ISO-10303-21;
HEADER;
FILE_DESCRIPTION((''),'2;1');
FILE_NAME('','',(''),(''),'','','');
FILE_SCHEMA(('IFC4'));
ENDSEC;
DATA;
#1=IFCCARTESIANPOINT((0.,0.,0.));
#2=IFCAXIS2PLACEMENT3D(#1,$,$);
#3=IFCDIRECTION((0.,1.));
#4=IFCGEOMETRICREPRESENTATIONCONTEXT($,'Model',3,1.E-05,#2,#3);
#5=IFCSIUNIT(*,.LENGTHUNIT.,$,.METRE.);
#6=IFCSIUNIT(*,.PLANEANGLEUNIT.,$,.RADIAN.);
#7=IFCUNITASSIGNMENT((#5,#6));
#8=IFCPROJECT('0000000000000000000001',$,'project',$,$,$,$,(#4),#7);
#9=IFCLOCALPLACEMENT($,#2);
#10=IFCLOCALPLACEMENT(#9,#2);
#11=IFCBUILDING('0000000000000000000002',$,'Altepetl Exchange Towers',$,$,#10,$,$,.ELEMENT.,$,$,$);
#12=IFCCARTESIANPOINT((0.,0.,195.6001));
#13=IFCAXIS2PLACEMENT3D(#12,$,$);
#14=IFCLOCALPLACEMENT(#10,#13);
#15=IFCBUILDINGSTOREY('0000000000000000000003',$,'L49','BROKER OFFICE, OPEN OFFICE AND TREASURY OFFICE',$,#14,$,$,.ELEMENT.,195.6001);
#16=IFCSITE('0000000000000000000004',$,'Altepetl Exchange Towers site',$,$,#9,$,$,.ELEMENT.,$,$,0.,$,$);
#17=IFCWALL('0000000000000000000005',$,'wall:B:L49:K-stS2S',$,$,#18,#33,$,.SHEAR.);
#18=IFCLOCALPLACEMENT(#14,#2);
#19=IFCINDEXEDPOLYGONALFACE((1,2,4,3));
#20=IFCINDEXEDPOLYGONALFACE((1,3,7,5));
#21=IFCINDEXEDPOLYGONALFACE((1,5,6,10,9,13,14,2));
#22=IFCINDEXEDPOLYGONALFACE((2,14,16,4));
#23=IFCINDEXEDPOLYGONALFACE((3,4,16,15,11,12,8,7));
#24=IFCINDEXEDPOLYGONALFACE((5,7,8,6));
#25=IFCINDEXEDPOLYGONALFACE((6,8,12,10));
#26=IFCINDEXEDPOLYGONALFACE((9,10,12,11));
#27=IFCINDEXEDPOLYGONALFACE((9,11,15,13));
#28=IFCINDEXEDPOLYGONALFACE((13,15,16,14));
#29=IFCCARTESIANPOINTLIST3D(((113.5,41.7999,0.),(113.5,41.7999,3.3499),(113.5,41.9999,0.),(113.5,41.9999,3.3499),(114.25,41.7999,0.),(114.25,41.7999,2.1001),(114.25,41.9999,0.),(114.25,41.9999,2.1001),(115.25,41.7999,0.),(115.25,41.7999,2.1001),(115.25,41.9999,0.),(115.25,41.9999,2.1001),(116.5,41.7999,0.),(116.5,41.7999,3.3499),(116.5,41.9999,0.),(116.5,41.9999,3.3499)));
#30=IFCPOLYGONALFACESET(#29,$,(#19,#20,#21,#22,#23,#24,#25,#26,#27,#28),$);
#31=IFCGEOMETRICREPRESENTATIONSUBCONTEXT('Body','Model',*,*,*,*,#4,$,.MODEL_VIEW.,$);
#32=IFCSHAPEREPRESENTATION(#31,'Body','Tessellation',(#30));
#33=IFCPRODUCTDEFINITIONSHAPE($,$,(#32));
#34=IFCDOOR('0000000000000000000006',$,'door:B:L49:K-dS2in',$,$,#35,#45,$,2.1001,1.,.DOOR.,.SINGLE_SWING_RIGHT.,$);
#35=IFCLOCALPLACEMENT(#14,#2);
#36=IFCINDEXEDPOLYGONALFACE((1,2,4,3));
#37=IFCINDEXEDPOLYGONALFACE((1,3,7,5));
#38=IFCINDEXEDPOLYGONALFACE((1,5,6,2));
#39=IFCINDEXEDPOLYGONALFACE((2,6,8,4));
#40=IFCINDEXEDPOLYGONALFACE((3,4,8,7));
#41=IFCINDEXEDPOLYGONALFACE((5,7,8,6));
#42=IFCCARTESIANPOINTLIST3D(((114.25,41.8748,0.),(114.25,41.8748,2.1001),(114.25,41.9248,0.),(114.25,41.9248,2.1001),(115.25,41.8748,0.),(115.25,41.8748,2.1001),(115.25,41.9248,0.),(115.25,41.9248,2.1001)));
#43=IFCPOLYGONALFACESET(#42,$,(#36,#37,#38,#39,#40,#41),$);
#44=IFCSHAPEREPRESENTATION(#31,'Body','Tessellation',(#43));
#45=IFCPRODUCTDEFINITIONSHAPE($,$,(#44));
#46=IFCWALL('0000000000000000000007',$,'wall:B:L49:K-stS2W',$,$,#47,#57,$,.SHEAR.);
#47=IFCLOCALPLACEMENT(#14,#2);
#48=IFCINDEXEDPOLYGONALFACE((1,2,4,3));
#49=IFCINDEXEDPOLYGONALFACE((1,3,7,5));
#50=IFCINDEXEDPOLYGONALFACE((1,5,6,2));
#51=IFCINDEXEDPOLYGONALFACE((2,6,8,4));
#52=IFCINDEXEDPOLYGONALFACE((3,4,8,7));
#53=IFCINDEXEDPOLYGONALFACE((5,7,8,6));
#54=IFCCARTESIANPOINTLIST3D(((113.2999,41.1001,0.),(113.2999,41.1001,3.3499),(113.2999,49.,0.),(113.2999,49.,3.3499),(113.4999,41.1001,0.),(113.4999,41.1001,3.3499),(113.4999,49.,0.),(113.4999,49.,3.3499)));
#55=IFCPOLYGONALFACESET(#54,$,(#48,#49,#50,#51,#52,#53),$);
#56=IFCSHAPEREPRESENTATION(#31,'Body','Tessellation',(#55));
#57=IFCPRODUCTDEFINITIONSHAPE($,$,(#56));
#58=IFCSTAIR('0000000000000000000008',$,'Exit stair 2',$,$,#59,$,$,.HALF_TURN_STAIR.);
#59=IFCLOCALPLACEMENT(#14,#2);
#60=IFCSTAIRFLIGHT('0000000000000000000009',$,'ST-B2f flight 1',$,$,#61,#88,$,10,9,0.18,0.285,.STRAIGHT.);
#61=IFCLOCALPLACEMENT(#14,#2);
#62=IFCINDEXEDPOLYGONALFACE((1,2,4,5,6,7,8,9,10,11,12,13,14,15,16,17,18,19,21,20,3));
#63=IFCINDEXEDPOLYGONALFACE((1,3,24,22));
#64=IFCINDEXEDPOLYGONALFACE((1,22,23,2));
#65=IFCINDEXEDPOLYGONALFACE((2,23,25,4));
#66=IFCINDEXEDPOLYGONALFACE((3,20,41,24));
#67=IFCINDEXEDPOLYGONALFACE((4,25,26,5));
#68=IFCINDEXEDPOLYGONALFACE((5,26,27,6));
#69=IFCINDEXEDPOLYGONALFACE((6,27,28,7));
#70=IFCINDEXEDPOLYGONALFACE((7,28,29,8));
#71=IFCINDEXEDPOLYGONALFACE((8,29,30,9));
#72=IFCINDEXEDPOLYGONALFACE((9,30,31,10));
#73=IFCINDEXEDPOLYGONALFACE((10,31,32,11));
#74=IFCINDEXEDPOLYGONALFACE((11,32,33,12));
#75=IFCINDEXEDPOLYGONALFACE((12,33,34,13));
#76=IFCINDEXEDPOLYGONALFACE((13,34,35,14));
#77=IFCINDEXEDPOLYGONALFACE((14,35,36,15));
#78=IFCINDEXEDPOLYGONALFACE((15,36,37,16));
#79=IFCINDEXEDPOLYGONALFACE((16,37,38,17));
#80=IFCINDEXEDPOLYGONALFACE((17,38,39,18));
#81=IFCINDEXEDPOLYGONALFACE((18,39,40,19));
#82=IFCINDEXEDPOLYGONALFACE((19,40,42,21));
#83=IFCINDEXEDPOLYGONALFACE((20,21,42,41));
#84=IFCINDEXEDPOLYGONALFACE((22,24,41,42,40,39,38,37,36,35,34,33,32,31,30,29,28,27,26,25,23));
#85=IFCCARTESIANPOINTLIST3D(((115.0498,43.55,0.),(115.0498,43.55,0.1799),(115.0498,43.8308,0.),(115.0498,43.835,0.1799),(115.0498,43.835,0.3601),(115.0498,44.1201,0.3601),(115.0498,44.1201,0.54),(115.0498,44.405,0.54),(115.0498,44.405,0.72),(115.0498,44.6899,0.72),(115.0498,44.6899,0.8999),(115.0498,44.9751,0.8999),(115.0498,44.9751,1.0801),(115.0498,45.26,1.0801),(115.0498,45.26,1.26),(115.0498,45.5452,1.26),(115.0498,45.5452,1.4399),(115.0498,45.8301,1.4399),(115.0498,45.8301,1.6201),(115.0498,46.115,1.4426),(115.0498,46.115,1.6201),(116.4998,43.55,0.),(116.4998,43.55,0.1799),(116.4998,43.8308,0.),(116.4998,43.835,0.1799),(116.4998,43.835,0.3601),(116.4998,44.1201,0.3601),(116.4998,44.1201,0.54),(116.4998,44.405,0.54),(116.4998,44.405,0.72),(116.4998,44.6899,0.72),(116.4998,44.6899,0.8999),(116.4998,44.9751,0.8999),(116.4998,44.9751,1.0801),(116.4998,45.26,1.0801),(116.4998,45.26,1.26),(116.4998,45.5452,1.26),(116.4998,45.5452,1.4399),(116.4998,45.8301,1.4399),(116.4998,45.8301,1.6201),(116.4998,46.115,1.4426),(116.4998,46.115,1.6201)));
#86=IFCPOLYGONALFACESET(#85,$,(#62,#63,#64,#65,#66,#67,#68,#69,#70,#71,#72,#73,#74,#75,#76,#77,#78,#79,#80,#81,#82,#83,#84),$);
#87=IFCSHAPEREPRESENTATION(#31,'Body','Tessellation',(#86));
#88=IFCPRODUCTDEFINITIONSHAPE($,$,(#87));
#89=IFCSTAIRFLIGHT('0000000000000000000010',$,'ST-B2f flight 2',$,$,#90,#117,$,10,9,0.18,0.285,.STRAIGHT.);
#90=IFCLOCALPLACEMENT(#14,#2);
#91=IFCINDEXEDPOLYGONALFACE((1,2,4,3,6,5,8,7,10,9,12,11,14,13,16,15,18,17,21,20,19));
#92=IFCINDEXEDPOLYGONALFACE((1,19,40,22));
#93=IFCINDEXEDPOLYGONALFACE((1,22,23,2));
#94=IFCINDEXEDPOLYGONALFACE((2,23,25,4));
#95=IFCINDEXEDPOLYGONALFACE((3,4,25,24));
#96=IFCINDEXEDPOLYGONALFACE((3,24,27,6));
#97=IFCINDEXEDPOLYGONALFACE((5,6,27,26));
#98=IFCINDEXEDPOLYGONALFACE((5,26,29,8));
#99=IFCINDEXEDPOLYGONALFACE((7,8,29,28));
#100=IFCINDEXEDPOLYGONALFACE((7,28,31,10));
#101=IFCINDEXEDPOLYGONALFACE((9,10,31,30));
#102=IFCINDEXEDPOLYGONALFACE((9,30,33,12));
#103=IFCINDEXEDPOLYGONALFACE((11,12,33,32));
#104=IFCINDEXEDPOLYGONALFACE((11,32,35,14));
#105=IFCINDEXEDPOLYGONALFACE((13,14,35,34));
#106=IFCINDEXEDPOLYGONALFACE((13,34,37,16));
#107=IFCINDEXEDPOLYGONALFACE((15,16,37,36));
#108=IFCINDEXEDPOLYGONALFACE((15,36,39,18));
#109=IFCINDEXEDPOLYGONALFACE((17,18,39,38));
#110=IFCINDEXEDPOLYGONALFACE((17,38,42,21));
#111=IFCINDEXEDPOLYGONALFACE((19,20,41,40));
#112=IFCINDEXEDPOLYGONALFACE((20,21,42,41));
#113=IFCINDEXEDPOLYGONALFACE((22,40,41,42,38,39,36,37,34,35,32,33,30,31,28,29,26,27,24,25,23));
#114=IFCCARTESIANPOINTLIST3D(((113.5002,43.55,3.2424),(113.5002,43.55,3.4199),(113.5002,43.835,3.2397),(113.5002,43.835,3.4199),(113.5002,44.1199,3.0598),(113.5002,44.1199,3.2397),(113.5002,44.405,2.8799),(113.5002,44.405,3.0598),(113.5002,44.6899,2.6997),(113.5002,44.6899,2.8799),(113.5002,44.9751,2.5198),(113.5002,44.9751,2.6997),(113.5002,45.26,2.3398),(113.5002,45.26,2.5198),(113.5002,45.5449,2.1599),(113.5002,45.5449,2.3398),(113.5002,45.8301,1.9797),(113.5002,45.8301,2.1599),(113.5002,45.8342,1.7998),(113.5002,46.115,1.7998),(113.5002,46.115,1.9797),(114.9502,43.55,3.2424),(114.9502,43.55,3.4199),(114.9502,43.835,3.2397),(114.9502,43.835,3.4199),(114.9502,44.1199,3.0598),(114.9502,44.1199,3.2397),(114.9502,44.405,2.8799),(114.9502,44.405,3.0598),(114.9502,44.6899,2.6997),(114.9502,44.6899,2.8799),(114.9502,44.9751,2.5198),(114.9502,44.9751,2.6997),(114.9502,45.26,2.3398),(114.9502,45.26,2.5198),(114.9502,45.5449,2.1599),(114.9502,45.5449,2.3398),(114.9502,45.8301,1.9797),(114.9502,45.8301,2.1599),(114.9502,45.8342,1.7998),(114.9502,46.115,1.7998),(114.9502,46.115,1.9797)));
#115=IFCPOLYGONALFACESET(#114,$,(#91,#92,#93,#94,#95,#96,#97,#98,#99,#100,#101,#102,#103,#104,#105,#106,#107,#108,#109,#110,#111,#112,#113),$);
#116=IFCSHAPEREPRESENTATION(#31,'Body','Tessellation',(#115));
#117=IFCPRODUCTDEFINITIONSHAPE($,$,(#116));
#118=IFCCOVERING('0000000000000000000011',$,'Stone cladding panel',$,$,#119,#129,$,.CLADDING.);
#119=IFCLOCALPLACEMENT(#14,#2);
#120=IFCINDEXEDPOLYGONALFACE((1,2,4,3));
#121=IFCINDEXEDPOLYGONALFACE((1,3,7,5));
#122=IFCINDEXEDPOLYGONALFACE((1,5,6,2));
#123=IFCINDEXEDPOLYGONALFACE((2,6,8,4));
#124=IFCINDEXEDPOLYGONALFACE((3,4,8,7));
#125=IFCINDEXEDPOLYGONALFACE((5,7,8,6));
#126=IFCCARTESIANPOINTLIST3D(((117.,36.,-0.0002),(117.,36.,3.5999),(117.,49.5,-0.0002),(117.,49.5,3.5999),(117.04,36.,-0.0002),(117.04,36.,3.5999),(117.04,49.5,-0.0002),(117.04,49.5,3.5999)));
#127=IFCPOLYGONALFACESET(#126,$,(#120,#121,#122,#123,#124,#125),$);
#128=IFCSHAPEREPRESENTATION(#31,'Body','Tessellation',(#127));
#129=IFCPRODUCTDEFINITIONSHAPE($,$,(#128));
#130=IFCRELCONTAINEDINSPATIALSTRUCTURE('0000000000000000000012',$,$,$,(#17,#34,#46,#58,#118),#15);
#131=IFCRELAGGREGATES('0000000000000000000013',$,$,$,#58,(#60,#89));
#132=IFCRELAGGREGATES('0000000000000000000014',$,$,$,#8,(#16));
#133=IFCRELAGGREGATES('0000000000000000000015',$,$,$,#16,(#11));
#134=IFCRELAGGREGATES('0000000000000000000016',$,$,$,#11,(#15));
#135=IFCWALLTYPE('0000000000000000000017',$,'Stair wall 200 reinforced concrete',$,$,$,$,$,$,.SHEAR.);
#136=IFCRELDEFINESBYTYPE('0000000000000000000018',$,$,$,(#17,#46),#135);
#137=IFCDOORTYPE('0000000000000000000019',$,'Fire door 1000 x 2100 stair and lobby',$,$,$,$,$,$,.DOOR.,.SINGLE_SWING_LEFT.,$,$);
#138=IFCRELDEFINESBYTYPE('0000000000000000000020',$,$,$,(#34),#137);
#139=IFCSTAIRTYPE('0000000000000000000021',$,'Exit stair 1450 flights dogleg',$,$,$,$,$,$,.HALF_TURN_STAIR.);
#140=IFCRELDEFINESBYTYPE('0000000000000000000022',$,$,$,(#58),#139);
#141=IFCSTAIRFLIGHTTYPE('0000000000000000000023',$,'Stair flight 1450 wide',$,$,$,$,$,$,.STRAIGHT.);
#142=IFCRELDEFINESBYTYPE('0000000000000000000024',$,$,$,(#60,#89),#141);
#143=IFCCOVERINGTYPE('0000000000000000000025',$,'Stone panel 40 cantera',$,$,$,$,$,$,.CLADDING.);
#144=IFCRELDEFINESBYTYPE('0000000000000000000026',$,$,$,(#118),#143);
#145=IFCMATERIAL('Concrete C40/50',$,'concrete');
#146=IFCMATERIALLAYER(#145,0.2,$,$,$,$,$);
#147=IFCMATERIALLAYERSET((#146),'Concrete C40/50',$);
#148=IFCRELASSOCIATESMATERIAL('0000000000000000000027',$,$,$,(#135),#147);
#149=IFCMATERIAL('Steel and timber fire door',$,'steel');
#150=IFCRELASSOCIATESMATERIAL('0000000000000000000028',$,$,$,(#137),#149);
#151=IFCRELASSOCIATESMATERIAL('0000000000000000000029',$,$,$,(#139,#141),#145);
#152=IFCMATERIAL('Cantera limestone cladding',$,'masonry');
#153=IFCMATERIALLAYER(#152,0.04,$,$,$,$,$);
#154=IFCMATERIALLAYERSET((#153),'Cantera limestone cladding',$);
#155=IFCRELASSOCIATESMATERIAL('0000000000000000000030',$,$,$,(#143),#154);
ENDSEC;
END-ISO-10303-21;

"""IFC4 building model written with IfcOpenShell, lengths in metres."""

from ifc_helpers import new_model, si_unit, direction, frame, frame_2d, origin, origin_2d, place, context, subcontext, project, spatial, polyline, rectangle, outline, extrude, material, layer, layer_set, type_object, element, fill, aggregate, save


model = new_model("IFC4")

# Units and contexts
model_context = context("Model", 3, precision=1e-05, world=origin(), true_north=direction((0.0, 1.0)))
body_context = subcontext(model_context, "Body", "Model", "MODEL_VIEW")
ifc_project = project(units=[si_unit("LENGTHUNIT", "METRE"), si_unit("PLANEANGLEUNIT", "RADIAN")], contexts=[model_context])

# Site, building, storey
site_placement = place(None, origin())
site = spatial("IfcSite", under=ifc_project, at=site_placement, Name="Altepetl Exchange Towers site", CompositionType="ELEMENT", RefElevation=0.0)
building_placement = place(site_placement, origin())
building = spatial("IfcBuilding", under=site, at=building_placement, Name="Altepetl Exchange Towers", CompositionType="ELEMENT")
storey_placement = place(building_placement, frame((0.0, 0.0, 195.6001)))
storey = spatial("IfcBuildingStorey", under=building, at=storey_placement, Name="L49", Description="BROKER OFFICE, OPEN OFFICE AND TREASURY OFFICE", CompositionType="ELEMENT", Elevation=195.6001)

# Shared definitions
ifc_material_1 = material(Name="Steel and timber fire door", Category="steel")

# Shared definitions
ifc_material_2 = material(Name="Concrete C40/50", Category="concrete")

# Wall, opening, door
ifc_layer_1 = layer(ifc_material_2, 0.2)
ifc_layer_set_1 = layer_set([ifc_layer_1], Name="Concrete C40/50")
wall_type_1 = type_object("IfcWallType", Name="Stair wall 200 reinforced concrete", PredefinedType="SHEAR", material=ifc_layer_set_1)
wall_1_placement = place(storey_placement, frame((113.5, 41.8999, 0.0)))
wall_1 = element("IfcWall", 1, at=wall_1_placement, inside=storey, type_object=wall_type_1, Name="wall:B:L49:K-stS2S", PredefinedType="SHEAR", context=body_context, shape_type="SweptSolid", body=[
    extrude(rectangle(XDim=3.0, YDim=0.2, at=frame_2d((1.5, 0.0))), origin(), (0.0, 0.0, 1.0), 3.3499),
])
opening_1_placement = place(wall_1_placement, frame((0.75, 0.0, 0.0)))
opening_1 = element("IfcOpeningElement", 2, at=opening_1_placement, cuts=wall_1, PredefinedType="OPENING", context=body_context, shape_type="SweptSolid", body=[
    extrude(rectangle(XDim=1.0, YDim=2.1001, at=frame_2d((0.5, 1.05))), frame((0.0, 0.1099, 0.0), z_axis=(0.0, -1.0, 0.0), x_axis=(1.0, 0.0, 0.0)), (0.0, 0.0, 1.0), 0.22),
])
door_type_1 = type_object("IfcDoorType", Name="Fire door 1000 x 2100 stair and lobby", OperationType="SINGLE_SWING_LEFT", PredefinedType="DOOR", material=ifc_material_1)
door_1_placement = place(opening_1_placement, origin())
door_1 = element("IfcDoor", 3, at=door_1_placement, inside=storey, type_object=door_type_1, Name="door:B:L49:K-dS2in", OperationType="SINGLE_SWING_RIGHT", OverallHeight=2.1001, OverallWidth=1.0, PredefinedType="DOOR", context=body_context, shape_type="SweptSolid", body=[
    extrude(rectangle(XDim=1.0, YDim=2.1001, at=frame_2d((0.5, 1.05))), frame((0.0, 0.0249, 0.0), z_axis=(0.0, -1.0, 0.0), x_axis=(1.0, 0.0, 0.0)), (0.0, 0.0, 1.0), 0.05),
])
fill(opening_1, door_1)

# Wall
wall_2_placement = place(storey_placement, frame((113.3999, 41.1001, 0.0), z_axis=(0.0, 0.0, 1.0), x_axis=(0.0, 1.0, 0.0)))
element("IfcWall", 4, at=wall_2_placement, inside=storey, type_object=wall_type_1, Name="wall:B:L49:K-stS2W", PredefinedType="SHEAR", context=body_context, shape_type="SweptSolid", body=[
    extrude(rectangle(XDim=7.8999, YDim=0.2, at=frame_2d((3.95, 0.0))), origin(), (0.0, 0.0, 1.0), 3.3499),
])

# Stair, stair flights
stair_type = type_object("IfcStairType", Name="Exit stair 1450 flights dogleg", PredefinedType="HALF_TURN_STAIR", material=ifc_material_2)
stair_placement = place(storey_placement, origin())
stair = element("IfcStair", 5, at=stair_placement, inside=storey, type_object=stair_type, Name="Exit stair 2", PredefinedType="HALF_TURN_STAIR")
stair_flight_type = type_object("IfcStairFlightType", Name="Stair flight 1450 wide", PredefinedType="STRAIGHT", material=ifc_material_2)
stair_flight_1_placement = place(storey_placement, frame((115.7749, 43.55, 0.0), z_axis=(0.0, 0.0, 1.0), x_axis=(0.0, 1.0, 0.0)))
stair_flight_1 = element("IfcStairFlight", 6, at=stair_flight_1_placement, type_object=stair_flight_type, Name="ST-B2f flight 1", NumberOfRisers=10, NumberOfTreads=9, PredefinedType="STRAIGHT", RiserHeight=0.18, TreadLength=0.285, context=body_context, shape_type="SweptSolid", body=[
    extrude(outline(polyline([(0.0, 0.0), (0.0, 0.1799), (0.2849, 0.1799), (0.2849, 0.3601), (0.5701, 0.3601), (0.5701, 0.54), (0.855, 0.54), (0.855, 0.72), (1.1399, 0.72), (1.1399, 0.8999), (1.425, 0.8999), (1.425, 1.0801), (1.71, 1.0801), (1.71, 1.26), (1.9951, 1.26), (1.9951, 1.4399), (2.28, 1.4399), (2.28, 1.6201), (2.5649, 1.6201), (2.5649, 1.8), (2.5649, 1.4426), (0.2808, 0.0), (0.0, 0.0)])), frame((0.0, 0.7251, 0.0), z_axis=(0.0, -1.0, 0.0), x_axis=(1.0, 0.0, 0.0)), (0.0, 0.0, 1.0), 1.45),
])
stair_flight_2_placement = place(storey_placement, frame((114.2251, 46.115, 1.7998), z_axis=(0.0, 0.0, 1.0), x_axis=(0.0, -1.0, 0.0)))
stair_flight_2 = element("IfcStairFlight", 7, at=stair_flight_2_placement, type_object=stair_flight_type, Name="ST-B2f flight 2", NumberOfRisers=10, NumberOfTreads=9, PredefinedType="STRAIGHT", RiserHeight=0.18, TreadLength=0.285, context=body_context, shape_type="SweptSolid", body=[
    extrude(outline(polyline([(0.0, 0.0), (0.0, 0.1799), (0.2849, 0.1799), (0.2849, 0.3601), (0.5701, 0.3601), (0.5701, 0.54), (0.855, 0.54), (0.855, 0.72), (1.1399, 0.72), (1.1399, 0.8999), (1.425, 0.8999), (1.425, 1.0801), (1.71, 1.0801), (1.71, 1.26), (1.9951, 1.26), (1.9951, 1.4399), (2.28, 1.4399), (2.28, 1.6201), (2.5649, 1.6201), (2.5649, 1.8), (2.5649, 1.4426), (0.2808, 0.0), (0.0, 0.0)])), frame((0.0, 0.7251, 0.0), z_axis=(0.0, -1.0, 0.0), x_axis=(1.0, 0.0, 0.0)), (0.0, 0.0, 1.0), 1.45),
])
aggregate(stair, [stair_flight_1, stair_flight_2])

# Covering
ifc_material_3 = material(Name="Cantera limestone cladding", Category="masonry")
ifc_layer_2 = layer(ifc_material_3, 0.04)
ifc_layer_set_2 = layer_set([ifc_layer_2], Name="Cantera limestone cladding")
covering_type = type_object("IfcCoveringType", Name="Stone panel 40 cantera", PredefinedType="CLADDING", material=ifc_layer_set_2)
covering_placement = place(storey_placement, frame((117.02, 42.75, -0.0002), z_axis=(0.0, 0.0, 1.0), x_axis=(0.0, 1.0, 0.0)))
element("IfcCovering", 8, at=covering_placement, inside=storey, type_object=covering_type, Name="Stone cladding panel", PredefinedType="CLADDING", context=body_context, shape_type="SweptSolid", body=[
    extrude(rectangle(XDim=13.5, YDim=0.04, at=origin_2d()), origin(), (0.0, 0.0, 1.0), 3.6001),
])

save(model, "model.ifc")
